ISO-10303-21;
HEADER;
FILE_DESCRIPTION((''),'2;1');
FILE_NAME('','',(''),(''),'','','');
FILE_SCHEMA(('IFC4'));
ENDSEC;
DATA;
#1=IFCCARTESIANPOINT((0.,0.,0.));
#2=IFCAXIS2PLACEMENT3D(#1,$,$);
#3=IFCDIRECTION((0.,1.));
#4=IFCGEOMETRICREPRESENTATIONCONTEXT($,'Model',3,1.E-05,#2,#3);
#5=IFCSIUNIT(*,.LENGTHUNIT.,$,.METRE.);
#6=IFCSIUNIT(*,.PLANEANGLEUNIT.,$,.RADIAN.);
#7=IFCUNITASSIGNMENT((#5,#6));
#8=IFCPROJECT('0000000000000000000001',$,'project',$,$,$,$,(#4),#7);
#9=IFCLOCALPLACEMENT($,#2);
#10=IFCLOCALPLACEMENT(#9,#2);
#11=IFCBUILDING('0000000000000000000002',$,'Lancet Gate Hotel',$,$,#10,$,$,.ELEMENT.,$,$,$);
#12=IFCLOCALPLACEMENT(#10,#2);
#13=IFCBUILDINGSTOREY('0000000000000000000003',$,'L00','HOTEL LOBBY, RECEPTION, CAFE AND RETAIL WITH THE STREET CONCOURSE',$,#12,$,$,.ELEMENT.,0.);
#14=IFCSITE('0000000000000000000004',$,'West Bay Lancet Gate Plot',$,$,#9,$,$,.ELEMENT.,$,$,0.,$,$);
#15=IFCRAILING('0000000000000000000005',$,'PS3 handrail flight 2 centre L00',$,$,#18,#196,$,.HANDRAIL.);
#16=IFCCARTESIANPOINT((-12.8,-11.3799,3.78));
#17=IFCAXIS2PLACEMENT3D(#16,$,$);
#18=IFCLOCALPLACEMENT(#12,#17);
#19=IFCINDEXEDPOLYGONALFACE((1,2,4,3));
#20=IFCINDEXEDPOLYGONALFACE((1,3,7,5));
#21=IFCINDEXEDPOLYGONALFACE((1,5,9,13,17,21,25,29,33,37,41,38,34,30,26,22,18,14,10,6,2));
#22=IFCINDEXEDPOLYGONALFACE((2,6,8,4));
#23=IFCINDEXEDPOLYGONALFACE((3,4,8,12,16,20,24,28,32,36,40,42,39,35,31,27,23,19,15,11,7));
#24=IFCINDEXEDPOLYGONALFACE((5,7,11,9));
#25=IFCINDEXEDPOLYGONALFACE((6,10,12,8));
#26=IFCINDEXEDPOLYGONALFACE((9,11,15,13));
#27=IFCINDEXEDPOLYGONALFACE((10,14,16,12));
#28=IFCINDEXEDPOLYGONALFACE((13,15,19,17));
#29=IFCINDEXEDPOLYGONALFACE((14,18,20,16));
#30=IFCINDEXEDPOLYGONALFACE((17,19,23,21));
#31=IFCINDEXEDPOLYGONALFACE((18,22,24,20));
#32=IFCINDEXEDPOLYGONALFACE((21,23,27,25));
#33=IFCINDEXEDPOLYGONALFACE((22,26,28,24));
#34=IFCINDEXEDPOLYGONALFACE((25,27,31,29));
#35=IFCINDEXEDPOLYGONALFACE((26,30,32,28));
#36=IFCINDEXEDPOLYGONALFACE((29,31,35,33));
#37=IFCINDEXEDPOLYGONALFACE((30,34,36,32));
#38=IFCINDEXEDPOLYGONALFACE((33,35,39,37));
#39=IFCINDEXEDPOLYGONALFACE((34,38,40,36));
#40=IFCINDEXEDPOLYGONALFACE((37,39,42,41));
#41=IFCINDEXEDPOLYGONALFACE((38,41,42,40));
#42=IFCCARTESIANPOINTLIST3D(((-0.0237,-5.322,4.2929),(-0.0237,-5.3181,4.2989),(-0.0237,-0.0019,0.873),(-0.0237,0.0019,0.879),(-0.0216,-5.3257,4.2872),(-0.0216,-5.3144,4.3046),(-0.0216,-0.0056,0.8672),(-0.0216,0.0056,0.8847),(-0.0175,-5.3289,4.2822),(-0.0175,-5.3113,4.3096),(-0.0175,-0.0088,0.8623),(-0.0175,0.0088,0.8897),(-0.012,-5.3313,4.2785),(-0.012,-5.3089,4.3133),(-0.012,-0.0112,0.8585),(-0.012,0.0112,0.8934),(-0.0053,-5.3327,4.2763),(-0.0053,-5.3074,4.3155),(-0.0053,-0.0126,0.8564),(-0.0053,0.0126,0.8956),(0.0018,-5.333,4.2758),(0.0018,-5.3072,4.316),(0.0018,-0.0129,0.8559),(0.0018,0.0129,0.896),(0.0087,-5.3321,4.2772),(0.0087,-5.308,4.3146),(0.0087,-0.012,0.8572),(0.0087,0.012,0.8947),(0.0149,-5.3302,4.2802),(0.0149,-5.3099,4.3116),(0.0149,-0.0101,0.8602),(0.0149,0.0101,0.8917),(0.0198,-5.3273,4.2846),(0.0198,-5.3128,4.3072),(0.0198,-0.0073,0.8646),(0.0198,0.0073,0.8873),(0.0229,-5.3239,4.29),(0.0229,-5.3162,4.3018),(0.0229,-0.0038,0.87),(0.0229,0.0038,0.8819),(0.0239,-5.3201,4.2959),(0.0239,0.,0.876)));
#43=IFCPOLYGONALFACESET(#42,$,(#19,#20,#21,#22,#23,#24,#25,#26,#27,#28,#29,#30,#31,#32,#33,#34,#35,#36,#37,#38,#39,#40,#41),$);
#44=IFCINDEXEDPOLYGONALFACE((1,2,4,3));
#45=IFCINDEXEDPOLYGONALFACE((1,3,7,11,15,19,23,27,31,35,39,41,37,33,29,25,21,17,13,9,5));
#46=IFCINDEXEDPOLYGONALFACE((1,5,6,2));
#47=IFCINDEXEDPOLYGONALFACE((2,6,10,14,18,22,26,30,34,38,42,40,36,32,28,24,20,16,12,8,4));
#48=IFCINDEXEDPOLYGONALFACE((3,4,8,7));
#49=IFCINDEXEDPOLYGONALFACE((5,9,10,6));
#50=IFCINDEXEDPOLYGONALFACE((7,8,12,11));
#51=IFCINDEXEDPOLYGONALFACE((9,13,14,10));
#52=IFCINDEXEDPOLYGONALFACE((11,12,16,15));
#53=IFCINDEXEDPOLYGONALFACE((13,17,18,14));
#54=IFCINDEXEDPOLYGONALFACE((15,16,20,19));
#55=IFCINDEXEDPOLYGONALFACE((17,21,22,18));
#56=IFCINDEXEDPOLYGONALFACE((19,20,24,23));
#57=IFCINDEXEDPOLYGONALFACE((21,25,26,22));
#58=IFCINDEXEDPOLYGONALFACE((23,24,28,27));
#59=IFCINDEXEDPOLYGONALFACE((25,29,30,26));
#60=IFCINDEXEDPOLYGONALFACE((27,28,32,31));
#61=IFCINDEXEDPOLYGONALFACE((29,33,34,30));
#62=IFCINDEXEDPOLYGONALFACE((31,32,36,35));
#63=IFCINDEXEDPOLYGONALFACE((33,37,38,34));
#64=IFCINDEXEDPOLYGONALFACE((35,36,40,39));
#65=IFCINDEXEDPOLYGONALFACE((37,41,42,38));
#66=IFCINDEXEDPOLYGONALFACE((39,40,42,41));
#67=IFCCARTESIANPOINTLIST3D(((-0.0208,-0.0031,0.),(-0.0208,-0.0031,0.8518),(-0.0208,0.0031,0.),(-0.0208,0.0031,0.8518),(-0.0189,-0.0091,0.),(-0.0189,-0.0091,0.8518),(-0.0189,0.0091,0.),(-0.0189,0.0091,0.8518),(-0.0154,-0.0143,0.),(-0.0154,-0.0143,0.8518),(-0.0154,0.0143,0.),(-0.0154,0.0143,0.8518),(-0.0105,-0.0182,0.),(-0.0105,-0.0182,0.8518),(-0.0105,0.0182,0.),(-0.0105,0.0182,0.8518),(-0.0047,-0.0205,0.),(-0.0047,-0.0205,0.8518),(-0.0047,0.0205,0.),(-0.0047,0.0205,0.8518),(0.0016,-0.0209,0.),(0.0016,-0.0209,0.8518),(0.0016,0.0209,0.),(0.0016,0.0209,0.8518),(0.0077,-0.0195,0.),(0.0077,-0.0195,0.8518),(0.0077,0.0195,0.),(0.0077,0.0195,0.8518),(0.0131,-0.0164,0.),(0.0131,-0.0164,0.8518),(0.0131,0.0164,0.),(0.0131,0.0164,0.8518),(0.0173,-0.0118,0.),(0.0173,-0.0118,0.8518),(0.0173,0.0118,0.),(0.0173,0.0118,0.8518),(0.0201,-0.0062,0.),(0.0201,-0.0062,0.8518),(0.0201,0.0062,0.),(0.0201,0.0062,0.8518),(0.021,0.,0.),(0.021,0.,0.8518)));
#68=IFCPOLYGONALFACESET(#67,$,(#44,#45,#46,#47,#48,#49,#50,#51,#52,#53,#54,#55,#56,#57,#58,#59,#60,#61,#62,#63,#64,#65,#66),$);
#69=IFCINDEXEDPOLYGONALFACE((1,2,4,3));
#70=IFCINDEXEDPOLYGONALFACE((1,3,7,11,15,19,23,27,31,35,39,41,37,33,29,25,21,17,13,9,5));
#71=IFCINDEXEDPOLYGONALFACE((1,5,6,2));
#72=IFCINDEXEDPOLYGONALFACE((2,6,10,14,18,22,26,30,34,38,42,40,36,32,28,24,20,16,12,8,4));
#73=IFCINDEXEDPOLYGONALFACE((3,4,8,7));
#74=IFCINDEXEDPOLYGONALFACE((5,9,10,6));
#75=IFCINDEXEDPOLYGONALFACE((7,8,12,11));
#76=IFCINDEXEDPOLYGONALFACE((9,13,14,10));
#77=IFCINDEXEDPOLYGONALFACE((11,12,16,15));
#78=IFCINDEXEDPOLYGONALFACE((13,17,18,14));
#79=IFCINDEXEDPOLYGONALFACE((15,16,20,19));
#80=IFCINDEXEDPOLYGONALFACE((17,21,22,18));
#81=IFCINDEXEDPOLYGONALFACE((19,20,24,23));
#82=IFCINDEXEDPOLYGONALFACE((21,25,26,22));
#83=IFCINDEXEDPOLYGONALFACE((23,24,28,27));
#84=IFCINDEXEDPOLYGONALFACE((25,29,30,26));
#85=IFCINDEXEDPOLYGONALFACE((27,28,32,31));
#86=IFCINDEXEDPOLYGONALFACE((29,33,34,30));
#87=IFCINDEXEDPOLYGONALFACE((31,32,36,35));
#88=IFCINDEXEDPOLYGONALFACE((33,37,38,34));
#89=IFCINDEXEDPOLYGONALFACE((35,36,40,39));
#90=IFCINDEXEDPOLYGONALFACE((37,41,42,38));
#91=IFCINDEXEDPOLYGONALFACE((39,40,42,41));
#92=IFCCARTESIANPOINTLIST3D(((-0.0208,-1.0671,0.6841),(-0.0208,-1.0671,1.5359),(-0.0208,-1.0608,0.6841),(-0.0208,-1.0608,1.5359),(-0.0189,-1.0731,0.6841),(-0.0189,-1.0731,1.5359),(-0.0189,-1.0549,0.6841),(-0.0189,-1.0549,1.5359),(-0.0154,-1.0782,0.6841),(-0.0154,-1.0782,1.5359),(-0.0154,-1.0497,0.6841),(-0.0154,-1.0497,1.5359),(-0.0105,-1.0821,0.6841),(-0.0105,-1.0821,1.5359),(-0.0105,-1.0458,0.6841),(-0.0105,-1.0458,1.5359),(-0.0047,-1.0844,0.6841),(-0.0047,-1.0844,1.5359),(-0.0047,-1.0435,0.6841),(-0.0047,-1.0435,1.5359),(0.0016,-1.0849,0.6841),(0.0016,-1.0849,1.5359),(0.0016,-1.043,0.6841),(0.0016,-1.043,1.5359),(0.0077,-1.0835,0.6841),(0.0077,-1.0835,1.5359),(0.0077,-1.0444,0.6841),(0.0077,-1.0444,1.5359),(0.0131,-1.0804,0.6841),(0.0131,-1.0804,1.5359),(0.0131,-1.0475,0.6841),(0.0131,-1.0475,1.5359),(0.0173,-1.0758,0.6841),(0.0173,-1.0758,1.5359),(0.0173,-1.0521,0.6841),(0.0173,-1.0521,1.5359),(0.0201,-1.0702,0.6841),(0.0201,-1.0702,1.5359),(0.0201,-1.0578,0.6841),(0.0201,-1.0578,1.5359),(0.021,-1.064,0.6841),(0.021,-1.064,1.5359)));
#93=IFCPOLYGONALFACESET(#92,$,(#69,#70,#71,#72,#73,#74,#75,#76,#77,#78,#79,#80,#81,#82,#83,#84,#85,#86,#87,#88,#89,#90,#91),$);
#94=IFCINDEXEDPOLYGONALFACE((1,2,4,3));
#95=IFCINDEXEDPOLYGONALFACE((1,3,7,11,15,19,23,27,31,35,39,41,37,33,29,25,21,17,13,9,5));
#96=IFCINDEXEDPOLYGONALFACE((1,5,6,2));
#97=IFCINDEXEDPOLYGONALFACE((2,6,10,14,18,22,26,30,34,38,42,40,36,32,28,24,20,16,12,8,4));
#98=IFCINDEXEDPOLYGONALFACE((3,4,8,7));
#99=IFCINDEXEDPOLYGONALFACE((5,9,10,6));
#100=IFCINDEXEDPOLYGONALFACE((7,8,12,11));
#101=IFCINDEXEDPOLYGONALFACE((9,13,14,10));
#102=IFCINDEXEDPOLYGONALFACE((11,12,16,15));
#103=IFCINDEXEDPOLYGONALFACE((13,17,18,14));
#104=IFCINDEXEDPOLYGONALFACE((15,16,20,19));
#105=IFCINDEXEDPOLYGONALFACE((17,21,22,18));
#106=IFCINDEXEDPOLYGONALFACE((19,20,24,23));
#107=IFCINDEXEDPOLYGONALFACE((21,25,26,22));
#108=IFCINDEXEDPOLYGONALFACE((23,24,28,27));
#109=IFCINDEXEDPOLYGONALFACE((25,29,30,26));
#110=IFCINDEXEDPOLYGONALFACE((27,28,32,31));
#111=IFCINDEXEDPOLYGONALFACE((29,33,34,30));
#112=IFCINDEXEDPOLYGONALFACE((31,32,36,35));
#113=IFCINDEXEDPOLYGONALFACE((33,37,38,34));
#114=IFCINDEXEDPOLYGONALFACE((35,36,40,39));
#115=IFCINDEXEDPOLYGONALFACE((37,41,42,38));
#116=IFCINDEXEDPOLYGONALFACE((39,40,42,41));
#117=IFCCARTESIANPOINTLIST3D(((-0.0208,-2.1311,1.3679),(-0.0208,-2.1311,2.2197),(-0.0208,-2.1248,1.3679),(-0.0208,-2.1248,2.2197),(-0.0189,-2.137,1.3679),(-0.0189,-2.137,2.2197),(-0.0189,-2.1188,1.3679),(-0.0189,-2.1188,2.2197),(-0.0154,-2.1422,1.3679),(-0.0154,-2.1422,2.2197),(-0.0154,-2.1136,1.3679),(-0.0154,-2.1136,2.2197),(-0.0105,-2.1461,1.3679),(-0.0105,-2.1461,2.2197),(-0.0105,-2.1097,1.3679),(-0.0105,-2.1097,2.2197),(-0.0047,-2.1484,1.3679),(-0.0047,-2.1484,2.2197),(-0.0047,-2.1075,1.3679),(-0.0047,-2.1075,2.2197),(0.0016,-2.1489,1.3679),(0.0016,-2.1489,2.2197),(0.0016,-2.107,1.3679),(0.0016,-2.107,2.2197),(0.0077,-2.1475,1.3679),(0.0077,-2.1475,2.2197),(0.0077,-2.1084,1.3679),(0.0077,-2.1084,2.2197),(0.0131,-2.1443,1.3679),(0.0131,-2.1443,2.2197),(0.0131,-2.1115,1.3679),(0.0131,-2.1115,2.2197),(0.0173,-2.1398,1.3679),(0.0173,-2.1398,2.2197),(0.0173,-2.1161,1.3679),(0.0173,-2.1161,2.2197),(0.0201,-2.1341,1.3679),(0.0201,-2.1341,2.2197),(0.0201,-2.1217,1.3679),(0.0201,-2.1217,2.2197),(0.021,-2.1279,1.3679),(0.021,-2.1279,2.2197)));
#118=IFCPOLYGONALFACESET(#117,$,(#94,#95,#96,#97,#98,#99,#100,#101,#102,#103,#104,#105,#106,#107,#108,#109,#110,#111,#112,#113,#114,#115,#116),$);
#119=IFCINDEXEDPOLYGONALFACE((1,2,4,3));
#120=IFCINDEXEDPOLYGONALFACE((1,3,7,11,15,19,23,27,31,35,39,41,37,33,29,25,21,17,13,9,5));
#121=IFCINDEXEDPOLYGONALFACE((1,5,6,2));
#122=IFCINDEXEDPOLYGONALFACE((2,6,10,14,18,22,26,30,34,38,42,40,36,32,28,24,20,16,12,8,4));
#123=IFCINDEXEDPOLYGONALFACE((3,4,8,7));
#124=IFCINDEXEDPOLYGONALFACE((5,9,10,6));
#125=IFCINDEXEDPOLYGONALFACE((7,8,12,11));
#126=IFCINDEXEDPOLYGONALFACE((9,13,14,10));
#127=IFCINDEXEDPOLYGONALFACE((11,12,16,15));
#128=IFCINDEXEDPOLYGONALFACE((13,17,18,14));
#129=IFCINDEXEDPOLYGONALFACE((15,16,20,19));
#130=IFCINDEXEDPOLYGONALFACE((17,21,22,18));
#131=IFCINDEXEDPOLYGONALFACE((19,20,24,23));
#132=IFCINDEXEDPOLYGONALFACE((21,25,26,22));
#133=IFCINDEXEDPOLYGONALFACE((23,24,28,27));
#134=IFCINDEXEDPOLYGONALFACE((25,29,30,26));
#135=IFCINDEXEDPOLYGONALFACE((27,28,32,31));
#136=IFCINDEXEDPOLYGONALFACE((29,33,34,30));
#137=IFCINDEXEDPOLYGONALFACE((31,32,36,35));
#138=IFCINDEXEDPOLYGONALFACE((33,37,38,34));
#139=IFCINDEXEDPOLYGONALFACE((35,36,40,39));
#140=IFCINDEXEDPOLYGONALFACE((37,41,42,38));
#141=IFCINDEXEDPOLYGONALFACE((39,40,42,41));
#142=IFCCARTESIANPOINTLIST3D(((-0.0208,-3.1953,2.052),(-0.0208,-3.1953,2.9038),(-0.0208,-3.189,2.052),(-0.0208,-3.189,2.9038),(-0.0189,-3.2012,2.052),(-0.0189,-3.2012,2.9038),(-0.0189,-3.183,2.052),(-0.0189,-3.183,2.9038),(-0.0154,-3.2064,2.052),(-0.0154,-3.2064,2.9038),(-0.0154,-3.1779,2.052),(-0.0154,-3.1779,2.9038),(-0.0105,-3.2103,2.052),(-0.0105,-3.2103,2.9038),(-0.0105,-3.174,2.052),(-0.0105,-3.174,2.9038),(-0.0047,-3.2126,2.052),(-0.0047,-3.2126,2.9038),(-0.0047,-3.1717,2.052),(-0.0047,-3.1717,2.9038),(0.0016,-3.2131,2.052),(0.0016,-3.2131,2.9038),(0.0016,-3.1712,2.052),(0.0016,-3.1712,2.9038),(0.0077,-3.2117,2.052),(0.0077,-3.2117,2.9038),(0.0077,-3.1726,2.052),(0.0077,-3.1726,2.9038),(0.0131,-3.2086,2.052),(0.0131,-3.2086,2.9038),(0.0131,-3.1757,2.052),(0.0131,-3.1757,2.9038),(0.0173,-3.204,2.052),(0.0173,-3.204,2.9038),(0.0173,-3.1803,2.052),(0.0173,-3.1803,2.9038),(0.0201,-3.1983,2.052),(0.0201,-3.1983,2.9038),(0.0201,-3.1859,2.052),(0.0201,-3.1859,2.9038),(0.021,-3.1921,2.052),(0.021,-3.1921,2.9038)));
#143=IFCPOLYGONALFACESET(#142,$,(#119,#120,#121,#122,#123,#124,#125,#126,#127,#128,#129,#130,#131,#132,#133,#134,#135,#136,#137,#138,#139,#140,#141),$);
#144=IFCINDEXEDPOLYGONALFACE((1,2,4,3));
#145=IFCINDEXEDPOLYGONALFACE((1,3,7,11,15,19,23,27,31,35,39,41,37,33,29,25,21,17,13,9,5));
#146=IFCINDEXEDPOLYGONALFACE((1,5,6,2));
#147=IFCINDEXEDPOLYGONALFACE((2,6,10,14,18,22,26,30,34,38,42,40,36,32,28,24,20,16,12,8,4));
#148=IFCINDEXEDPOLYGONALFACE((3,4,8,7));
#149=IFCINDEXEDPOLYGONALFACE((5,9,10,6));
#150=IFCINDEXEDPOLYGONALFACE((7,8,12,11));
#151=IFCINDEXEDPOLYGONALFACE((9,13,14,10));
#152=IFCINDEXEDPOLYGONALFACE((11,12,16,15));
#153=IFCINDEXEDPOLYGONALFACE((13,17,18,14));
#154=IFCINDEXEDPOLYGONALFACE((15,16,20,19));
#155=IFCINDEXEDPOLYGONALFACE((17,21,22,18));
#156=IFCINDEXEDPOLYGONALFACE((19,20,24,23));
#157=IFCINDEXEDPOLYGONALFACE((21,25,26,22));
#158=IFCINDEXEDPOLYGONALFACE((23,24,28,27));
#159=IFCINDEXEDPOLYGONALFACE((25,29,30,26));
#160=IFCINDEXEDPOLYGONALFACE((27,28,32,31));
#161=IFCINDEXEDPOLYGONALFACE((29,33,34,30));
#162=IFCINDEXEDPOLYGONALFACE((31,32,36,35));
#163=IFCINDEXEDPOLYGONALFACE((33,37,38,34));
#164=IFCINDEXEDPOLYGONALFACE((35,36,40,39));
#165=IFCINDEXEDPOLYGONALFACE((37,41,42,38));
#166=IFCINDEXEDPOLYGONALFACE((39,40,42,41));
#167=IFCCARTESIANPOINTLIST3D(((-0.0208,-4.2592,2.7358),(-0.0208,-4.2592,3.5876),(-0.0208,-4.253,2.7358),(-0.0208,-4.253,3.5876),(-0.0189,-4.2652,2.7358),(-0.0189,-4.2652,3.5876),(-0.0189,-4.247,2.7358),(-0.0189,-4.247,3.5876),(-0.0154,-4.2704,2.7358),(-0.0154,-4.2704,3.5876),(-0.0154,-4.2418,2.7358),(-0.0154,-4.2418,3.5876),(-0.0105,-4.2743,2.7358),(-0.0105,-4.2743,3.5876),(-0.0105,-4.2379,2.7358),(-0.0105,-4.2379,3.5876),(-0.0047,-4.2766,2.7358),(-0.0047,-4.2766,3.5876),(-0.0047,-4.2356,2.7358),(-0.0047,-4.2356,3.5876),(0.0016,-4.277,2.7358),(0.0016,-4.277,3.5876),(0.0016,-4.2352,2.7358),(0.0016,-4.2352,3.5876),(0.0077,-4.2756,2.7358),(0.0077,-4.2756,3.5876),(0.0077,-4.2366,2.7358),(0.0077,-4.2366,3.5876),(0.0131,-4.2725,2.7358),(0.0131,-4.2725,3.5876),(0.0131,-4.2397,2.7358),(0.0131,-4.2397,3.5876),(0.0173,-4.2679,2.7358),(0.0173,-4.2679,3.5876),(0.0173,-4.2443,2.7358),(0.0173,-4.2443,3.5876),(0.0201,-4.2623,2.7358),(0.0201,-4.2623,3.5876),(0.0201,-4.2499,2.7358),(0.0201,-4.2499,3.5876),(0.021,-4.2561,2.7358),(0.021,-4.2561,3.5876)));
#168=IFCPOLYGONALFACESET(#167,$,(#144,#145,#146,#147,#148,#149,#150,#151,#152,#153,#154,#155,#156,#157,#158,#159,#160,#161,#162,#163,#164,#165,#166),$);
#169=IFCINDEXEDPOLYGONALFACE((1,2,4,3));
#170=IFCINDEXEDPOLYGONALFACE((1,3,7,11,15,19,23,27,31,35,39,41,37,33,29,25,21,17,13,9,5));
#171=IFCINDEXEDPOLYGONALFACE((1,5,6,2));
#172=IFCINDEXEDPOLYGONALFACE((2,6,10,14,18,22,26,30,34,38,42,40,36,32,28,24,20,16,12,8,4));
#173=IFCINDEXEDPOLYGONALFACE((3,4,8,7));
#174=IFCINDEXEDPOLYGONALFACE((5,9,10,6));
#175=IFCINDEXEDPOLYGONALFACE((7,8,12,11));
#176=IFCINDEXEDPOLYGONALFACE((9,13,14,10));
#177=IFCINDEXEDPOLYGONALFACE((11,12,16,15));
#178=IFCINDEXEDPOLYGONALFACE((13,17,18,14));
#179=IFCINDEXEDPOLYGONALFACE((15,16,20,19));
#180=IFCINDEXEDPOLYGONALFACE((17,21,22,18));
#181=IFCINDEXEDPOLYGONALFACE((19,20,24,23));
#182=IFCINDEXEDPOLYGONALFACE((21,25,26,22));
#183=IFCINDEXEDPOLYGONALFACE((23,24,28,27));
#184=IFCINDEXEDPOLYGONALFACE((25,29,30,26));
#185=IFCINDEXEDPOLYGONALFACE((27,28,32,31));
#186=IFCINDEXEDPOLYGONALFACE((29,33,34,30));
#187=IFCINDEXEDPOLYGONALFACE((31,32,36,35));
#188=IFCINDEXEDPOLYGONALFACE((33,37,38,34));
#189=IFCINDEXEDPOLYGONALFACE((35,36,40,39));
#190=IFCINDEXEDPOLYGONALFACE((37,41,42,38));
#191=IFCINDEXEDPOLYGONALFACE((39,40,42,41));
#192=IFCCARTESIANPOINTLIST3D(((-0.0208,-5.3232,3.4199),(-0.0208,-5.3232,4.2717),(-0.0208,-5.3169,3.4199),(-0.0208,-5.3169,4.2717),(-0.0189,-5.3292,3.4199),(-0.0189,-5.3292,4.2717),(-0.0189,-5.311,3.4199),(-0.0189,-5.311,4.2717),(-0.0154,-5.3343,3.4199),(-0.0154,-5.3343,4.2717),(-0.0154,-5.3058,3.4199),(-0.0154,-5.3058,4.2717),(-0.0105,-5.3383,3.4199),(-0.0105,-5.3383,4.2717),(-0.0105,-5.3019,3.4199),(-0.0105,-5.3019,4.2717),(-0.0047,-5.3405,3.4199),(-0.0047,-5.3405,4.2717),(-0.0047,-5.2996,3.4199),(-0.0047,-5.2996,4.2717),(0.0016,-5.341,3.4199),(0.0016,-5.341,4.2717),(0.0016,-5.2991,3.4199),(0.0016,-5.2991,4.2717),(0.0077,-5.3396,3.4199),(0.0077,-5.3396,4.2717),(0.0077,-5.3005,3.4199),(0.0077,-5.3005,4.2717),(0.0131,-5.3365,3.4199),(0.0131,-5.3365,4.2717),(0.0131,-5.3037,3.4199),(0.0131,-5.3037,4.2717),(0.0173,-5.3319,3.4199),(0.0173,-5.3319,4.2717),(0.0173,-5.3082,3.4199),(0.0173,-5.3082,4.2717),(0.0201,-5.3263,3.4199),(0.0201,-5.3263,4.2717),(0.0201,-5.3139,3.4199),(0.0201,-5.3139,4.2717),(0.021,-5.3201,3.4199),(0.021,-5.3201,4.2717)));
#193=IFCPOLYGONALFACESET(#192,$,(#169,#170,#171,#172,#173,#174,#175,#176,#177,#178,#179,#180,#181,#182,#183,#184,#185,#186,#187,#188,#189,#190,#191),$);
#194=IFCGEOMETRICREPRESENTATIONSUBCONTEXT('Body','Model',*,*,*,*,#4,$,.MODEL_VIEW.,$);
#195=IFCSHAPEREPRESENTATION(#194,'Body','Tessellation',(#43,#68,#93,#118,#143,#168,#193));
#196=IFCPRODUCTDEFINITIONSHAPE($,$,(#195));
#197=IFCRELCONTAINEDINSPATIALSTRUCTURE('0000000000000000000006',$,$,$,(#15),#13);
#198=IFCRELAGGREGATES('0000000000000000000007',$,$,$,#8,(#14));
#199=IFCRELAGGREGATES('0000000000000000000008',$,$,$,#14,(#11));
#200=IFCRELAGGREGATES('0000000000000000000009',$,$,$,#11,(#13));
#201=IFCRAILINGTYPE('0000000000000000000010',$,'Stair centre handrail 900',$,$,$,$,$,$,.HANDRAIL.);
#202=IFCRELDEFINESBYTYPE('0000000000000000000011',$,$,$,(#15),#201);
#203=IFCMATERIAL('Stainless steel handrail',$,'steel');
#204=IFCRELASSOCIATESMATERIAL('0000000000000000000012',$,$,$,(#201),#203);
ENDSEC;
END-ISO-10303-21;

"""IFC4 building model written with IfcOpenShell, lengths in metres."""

from ifc_helpers import new_model, si_unit, direction, frame, origin, origin_2d, place, context, subcontext, project, spatial, circle, extrude, material, type_object, element, save


model = new_model("IFC4")

# Units and contexts
model_context = context("Model", 3, precision=1e-05, world=origin(), true_north=direction((0.0, 1.0)))
body_context = subcontext(model_context, "Body", "Model", "MODEL_VIEW")
ifc_project = project(units=[si_unit("LENGTHUNIT", "METRE"), si_unit("PLANEANGLEUNIT", "RADIAN")], contexts=[model_context])

# Site, building, storey
site_placement = place(None, origin())
site = spatial("IfcSite", under=ifc_project, at=site_placement, Name="West Bay Lancet Gate Plot", CompositionType="ELEMENT", RefElevation=0.0)
building_placement = place(site_placement, origin())
building = spatial("IfcBuilding", under=site, at=building_placement, Name="Lancet Gate Hotel", CompositionType="ELEMENT")
storey_placement = place(building_placement, origin())
storey = spatial("IfcBuildingStorey", under=building, at=storey_placement, Name="L00", Description="HOTEL LOBBY, RECEPTION, CAFE AND RETAIL WITH THE STREET CONCOURSE", CompositionType="ELEMENT", Elevation=0.0)

# Railing
ifc_material_1 = material(Name="Stainless steel handrail", Category="steel")
railing_type_1 = type_object("IfcRailingType", Name="Stair centre handrail 900", PredefinedType="HANDRAIL", material=ifc_material_1)
railing_1_placement = place(storey_placement, frame((-12.8, -11.3799, 3.78)))
element("IfcRailing", 1, at=railing_1_placement, inside=storey, type_object=railing_type_1, Name="PS3 handrail flight 2 centre L00", PredefinedType="HANDRAIL", context=body_context, shape_type="SweptSolid", body=[
    extrude(circle(Radius=0.0239, at=origin_2d()), frame((0.0, 0.0, 0.876), z_axis=(0.0, -0.841187, 0.540744), x_axis=(1.0, 0.0, 0.0)), (0.0, 0.0, 1.0), 6.3245),
    extrude(circle(Radius=0.021, at=origin_2d()), origin(), (0.0, 0.0, 1.0), 0.8518),
    extrude(circle(Radius=0.021, at=origin_2d()), frame((0.0, -1.064, 0.6841)), (0.0, 0.0, 1.0), 0.8518),
    extrude(circle(Radius=0.021, at=origin_2d()), frame((0.0, -2.1279, 1.3679)), (0.0, 0.0, 1.0), 0.8518),
    extrude(circle(Radius=0.021, at=origin_2d()), frame((0.0, -3.1921, 2.052)), (0.0, 0.0, 1.0), 0.8518),
    extrude(circle(Radius=0.021, at=origin_2d()), frame((0.0, -4.2561, 2.7358)), (0.0, 0.0, 1.0), 0.8518),
    extrude(circle(Radius=0.021, at=origin_2d()), frame((0.0, -5.3201, 3.4199)), (0.0, 0.0, 1.0), 0.8518),
])

save(model, "model.ifc")
